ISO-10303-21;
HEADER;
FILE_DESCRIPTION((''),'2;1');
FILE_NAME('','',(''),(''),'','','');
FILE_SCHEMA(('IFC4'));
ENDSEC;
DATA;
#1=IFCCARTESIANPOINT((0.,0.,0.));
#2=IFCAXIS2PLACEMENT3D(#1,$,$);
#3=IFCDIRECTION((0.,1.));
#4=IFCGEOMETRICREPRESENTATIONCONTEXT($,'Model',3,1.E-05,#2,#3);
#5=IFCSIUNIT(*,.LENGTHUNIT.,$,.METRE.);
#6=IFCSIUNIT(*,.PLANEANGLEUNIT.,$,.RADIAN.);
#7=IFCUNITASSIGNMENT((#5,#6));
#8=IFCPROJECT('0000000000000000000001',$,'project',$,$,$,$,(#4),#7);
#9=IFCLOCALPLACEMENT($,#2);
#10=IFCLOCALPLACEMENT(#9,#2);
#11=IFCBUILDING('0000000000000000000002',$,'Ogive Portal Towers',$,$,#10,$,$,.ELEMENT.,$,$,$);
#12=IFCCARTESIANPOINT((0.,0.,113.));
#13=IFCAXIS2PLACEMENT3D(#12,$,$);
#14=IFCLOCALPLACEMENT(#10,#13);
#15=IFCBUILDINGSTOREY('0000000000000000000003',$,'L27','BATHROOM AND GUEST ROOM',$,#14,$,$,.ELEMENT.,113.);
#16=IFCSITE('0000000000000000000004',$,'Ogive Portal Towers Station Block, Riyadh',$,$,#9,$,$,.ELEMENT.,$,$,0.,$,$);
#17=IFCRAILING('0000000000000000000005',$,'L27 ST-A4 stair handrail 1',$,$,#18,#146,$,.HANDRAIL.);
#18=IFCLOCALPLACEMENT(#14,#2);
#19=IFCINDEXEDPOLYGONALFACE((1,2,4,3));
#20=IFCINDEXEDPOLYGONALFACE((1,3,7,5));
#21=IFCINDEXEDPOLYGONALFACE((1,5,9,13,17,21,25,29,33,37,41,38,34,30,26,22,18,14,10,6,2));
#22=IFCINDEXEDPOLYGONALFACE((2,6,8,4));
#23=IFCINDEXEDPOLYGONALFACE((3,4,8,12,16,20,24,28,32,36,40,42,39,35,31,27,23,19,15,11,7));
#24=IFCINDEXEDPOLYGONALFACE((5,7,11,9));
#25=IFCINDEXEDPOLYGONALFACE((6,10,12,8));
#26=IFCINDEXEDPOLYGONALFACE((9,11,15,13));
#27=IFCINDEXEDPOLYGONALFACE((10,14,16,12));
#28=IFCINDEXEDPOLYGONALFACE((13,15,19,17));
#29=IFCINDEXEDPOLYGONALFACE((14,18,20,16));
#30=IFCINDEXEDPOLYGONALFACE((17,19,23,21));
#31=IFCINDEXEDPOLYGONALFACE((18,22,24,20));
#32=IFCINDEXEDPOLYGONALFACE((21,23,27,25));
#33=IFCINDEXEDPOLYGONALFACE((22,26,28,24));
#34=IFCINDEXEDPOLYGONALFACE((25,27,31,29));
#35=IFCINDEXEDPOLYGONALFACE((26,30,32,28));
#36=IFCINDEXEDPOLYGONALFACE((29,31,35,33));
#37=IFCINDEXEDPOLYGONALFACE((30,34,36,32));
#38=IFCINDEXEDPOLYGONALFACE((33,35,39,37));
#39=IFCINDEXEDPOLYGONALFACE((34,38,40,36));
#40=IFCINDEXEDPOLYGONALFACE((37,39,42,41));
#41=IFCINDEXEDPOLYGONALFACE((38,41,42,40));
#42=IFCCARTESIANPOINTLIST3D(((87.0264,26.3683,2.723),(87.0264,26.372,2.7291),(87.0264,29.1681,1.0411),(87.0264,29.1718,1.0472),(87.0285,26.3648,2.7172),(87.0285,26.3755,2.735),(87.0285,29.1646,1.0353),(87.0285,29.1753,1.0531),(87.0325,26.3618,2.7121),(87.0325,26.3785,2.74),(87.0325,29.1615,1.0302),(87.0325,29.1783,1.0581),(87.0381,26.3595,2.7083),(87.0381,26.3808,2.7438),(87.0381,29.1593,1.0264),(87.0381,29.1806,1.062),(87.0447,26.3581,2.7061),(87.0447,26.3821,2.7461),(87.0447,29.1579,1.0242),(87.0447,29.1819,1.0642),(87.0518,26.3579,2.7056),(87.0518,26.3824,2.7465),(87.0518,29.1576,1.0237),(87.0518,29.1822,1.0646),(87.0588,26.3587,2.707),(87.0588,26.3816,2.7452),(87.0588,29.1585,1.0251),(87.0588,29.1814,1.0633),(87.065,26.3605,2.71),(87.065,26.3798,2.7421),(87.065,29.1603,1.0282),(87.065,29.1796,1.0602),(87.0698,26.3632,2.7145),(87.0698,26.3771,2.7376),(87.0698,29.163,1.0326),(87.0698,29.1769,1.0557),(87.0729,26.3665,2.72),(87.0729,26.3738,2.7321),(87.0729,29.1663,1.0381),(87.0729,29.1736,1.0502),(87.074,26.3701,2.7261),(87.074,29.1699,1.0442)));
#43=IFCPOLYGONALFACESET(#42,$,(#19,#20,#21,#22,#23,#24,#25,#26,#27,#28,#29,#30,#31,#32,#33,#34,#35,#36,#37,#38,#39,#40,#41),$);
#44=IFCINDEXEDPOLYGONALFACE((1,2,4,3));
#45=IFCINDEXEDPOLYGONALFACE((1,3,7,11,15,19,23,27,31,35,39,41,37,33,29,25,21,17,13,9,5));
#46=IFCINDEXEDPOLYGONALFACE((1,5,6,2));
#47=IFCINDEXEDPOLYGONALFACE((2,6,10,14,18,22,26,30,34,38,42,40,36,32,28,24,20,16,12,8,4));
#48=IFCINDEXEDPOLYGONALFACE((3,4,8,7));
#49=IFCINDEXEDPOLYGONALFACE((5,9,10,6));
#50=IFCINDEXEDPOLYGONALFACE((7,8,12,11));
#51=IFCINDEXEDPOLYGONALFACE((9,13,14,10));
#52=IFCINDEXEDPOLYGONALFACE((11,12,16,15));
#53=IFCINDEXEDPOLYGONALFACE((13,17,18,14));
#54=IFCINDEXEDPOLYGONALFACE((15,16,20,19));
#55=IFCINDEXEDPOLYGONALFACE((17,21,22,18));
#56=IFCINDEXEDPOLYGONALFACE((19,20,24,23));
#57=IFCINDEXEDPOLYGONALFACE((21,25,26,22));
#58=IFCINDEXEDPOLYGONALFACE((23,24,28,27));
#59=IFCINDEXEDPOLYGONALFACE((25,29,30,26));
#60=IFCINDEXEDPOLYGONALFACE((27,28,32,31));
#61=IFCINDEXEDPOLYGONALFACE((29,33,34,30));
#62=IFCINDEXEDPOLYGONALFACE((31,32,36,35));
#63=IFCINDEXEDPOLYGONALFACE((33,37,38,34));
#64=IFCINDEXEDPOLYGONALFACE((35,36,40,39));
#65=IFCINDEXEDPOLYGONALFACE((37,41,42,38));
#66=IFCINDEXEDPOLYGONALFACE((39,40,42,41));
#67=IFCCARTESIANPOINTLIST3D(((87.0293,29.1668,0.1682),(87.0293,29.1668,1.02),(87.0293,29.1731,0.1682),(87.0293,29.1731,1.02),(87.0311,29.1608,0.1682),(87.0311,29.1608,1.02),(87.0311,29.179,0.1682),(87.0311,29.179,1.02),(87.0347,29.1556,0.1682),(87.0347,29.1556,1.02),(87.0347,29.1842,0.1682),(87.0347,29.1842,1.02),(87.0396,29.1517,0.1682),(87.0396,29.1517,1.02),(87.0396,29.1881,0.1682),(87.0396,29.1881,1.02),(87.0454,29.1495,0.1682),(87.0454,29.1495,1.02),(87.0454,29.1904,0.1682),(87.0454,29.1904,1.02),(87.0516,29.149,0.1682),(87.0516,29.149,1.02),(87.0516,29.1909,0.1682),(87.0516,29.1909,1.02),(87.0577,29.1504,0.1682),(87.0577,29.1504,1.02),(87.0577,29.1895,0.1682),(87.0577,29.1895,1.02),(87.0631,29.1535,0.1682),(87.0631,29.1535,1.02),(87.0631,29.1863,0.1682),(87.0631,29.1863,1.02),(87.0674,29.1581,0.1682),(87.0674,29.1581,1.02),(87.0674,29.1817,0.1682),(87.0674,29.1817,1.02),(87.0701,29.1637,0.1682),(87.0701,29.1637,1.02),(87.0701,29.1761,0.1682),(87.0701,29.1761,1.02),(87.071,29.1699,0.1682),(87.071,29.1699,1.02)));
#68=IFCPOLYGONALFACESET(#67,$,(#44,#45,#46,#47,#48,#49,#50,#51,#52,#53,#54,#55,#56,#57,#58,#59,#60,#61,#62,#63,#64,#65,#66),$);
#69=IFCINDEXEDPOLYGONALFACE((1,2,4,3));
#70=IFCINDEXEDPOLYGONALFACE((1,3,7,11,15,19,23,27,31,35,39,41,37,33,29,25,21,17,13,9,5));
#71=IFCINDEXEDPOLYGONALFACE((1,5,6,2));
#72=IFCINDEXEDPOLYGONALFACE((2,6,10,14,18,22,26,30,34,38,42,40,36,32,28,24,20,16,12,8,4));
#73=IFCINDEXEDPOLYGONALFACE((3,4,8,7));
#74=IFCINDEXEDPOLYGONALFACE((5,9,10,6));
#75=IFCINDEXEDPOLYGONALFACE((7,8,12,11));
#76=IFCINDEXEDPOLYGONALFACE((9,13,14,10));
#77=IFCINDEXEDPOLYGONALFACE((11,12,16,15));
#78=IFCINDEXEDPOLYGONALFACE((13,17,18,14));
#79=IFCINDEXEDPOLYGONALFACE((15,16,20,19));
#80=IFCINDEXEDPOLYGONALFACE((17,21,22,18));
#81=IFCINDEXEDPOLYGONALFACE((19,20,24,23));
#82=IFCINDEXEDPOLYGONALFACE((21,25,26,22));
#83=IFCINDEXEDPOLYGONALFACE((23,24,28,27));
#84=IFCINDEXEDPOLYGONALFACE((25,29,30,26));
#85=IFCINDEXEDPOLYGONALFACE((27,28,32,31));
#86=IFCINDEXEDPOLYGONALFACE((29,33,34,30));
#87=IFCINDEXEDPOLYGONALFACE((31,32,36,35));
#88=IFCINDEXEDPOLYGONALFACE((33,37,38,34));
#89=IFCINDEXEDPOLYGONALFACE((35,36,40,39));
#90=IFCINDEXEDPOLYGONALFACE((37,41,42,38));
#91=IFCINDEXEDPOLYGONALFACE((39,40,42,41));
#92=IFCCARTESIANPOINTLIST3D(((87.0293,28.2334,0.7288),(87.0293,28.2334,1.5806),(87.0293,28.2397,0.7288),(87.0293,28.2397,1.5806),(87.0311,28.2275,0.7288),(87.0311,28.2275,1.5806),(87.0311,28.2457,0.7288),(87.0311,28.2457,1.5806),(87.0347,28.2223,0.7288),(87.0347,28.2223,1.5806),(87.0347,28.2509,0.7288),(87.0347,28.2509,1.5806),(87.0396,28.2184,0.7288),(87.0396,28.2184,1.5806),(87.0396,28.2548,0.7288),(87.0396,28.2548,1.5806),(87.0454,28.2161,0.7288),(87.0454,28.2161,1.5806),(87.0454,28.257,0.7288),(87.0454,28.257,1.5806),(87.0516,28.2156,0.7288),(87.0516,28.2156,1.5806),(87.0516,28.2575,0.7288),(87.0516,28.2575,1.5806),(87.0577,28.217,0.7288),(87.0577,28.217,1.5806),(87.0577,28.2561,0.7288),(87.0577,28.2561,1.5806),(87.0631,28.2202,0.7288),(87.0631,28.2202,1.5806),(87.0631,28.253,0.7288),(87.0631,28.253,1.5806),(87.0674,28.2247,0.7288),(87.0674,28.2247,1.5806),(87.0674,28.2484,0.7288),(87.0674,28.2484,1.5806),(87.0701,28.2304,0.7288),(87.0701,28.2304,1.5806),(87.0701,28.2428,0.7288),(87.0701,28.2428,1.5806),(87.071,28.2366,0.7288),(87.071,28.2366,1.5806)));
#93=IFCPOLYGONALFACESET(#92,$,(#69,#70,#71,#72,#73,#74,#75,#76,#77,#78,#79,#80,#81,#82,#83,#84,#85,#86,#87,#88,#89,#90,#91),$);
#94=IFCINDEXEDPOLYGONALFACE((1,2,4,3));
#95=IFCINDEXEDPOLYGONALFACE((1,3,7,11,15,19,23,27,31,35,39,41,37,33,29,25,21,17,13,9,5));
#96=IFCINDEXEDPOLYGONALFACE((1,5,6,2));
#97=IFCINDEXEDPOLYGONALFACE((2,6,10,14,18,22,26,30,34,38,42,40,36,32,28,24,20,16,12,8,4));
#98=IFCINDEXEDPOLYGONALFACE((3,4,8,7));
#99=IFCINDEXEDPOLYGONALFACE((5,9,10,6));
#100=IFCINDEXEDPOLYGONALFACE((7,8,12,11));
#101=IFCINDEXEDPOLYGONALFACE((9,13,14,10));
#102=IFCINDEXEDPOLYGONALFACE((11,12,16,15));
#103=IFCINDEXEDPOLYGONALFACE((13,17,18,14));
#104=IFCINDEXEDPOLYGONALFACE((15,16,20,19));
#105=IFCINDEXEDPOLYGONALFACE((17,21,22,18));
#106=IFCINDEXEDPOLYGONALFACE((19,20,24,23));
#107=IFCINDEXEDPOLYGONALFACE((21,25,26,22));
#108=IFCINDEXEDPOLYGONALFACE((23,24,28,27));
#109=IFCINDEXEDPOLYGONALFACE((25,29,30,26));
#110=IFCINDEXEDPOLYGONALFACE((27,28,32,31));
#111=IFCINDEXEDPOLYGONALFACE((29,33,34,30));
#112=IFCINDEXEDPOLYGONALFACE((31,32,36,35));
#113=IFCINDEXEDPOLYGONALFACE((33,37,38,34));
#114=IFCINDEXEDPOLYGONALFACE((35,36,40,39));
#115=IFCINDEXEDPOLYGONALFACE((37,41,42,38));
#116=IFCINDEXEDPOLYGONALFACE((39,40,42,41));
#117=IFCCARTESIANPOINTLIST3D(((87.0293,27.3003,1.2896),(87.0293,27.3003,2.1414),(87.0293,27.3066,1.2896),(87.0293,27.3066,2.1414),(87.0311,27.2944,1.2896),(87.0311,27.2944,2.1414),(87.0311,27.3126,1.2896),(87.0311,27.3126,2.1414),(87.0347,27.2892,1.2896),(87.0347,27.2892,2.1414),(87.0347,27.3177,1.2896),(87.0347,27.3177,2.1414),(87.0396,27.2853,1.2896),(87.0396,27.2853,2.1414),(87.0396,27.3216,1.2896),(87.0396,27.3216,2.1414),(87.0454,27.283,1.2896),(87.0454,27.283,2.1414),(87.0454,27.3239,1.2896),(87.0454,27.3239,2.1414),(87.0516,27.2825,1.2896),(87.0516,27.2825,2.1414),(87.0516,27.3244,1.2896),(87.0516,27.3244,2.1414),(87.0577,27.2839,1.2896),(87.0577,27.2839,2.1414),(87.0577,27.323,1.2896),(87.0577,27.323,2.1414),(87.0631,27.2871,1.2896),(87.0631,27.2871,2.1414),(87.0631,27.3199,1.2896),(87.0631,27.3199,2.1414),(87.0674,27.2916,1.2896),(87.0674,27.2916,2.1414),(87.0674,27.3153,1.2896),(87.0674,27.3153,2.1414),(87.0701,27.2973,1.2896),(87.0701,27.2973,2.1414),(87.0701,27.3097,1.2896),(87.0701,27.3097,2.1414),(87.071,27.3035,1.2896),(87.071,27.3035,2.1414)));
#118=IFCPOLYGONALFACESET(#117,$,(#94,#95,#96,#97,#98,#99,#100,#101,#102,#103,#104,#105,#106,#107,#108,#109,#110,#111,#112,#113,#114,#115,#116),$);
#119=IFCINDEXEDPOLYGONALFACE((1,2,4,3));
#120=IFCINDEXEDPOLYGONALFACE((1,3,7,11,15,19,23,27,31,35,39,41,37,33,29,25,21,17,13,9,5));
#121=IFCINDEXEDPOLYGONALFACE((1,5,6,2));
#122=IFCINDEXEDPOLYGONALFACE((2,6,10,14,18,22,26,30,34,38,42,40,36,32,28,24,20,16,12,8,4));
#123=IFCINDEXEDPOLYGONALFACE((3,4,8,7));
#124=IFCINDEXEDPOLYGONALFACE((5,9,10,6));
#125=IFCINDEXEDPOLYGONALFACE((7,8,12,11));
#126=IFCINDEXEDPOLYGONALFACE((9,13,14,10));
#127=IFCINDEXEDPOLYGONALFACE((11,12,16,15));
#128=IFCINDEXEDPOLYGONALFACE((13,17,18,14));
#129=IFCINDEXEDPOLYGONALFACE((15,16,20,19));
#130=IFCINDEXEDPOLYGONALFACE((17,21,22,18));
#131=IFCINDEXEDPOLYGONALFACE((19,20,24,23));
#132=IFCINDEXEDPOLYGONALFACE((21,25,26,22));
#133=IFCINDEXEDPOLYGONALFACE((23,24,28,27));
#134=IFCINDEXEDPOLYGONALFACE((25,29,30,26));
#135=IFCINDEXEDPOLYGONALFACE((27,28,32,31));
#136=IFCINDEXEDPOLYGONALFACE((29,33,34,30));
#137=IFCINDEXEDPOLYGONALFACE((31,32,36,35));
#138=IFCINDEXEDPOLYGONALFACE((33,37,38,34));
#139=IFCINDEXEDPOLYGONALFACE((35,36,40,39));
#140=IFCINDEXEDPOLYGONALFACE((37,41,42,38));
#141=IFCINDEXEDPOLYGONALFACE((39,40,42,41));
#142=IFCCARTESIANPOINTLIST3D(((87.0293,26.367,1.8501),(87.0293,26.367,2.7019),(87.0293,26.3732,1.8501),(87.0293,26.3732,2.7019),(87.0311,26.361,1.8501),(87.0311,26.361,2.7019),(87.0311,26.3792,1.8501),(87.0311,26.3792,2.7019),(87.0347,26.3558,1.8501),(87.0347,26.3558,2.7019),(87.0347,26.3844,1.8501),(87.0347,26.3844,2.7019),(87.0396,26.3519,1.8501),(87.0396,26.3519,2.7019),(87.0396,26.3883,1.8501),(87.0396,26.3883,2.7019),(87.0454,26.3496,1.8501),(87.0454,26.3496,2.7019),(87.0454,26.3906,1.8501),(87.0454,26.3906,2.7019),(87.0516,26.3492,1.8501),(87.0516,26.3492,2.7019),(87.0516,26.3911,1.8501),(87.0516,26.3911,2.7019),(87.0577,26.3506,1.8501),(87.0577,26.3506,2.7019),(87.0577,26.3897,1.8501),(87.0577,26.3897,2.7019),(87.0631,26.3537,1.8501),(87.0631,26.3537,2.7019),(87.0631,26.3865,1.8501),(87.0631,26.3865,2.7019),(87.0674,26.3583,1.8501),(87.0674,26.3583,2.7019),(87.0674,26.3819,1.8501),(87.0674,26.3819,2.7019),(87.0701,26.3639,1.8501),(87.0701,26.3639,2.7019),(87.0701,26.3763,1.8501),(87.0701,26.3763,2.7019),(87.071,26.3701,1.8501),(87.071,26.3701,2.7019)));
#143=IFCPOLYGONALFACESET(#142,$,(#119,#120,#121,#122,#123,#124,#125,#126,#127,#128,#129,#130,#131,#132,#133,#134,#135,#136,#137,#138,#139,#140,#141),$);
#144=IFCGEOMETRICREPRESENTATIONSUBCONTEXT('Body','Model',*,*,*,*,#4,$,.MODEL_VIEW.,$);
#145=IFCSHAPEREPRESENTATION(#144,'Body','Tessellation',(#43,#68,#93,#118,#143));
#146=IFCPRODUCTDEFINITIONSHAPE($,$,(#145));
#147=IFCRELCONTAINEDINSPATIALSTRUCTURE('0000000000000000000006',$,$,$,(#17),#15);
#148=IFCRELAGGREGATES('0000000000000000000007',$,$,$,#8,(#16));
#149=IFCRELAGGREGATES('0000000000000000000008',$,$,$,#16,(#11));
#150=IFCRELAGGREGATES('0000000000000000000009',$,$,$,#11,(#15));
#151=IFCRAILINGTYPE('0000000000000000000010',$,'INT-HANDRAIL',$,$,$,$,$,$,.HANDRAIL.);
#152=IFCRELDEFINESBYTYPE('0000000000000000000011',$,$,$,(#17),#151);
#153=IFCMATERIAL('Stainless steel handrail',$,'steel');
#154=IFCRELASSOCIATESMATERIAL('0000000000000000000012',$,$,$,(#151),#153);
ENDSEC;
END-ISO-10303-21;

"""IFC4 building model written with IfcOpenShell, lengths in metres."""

from ifc_helpers import new_model, si_unit, direction, frame, origin, origin_2d, place, context, subcontext, project, spatial, circle, extrude, material, type_object, element, save


model = new_model("IFC4")

# Units and contexts
model_context = context("Model", 3, precision=1e-05, world=origin(), true_north=direction((0.0, 1.0)))
body_context = subcontext(model_context, "Body", "Model", "MODEL_VIEW")
ifc_project = project(units=[si_unit("LENGTHUNIT", "METRE"), si_unit("PLANEANGLEUNIT", "RADIAN")], contexts=[model_context])

# Site, building, storey
site_placement = place(None, origin())
site = spatial("IfcSite", under=ifc_project, at=site_placement, Name="Ogive Portal Towers Station Block, Riyadh", CompositionType="ELEMENT", RefElevation=0.0)
building_placement = place(site_placement, origin())
building = spatial("IfcBuilding", under=site, at=building_placement, Name="Ogive Portal Towers", CompositionType="ELEMENT")
storey_placement = place(building_placement, frame((0.0, 0.0, 113.0)))
storey = spatial("IfcBuildingStorey", under=building, at=storey_placement, Name="L27", Description="BATHROOM AND GUEST ROOM", CompositionType="ELEMENT", Elevation=113.0)

# Railing
ifc_material_1 = material(Name="Stainless steel handrail", Category="steel")
railing_type_1 = type_object("IfcRailingType", Name="INT-HANDRAIL", PredefinedType="HANDRAIL", material=ifc_material_1)
railing_1_placement = place(storey_placement, frame((87.05, 29.1699, 0.1682)))
element("IfcRailing", 1, at=railing_1_placement, inside=storey, type_object=railing_type_1, Name="L27 ST-A4 stair handrail 1", PredefinedType="HANDRAIL", context=body_context, shape_type="SweptSolid", body=[
    extrude(circle(Radius=0.0239, at=origin_2d()), frame((0.0, 0.0, 0.876), z_axis=(0.0, -0.857222, 0.514946), x_axis=(1.0, 0.0, 0.0)), (0.0, 0.0, 1.0), 3.2661),
    extrude(circle(Radius=0.021, at=origin_2d()), origin(), (0.0, 0.0, 1.0), 0.8518),
    extrude(circle(Radius=0.021, at=origin_2d()), frame((0.0, -0.9333, 0.5605)), (0.0, 0.0, 1.0), 0.8518),
    extrude(circle(Radius=0.021, at=origin_2d()), frame((0.0, -1.8665, 1.1213)), (0.0, 0.0, 1.0), 0.8518),
    extrude(circle(Radius=0.021, at=origin_2d()), frame((0.0, -2.7998, 1.6819)), (0.0, 0.0, 1.0), 0.8518),
])

save(model, "model.ifc")
